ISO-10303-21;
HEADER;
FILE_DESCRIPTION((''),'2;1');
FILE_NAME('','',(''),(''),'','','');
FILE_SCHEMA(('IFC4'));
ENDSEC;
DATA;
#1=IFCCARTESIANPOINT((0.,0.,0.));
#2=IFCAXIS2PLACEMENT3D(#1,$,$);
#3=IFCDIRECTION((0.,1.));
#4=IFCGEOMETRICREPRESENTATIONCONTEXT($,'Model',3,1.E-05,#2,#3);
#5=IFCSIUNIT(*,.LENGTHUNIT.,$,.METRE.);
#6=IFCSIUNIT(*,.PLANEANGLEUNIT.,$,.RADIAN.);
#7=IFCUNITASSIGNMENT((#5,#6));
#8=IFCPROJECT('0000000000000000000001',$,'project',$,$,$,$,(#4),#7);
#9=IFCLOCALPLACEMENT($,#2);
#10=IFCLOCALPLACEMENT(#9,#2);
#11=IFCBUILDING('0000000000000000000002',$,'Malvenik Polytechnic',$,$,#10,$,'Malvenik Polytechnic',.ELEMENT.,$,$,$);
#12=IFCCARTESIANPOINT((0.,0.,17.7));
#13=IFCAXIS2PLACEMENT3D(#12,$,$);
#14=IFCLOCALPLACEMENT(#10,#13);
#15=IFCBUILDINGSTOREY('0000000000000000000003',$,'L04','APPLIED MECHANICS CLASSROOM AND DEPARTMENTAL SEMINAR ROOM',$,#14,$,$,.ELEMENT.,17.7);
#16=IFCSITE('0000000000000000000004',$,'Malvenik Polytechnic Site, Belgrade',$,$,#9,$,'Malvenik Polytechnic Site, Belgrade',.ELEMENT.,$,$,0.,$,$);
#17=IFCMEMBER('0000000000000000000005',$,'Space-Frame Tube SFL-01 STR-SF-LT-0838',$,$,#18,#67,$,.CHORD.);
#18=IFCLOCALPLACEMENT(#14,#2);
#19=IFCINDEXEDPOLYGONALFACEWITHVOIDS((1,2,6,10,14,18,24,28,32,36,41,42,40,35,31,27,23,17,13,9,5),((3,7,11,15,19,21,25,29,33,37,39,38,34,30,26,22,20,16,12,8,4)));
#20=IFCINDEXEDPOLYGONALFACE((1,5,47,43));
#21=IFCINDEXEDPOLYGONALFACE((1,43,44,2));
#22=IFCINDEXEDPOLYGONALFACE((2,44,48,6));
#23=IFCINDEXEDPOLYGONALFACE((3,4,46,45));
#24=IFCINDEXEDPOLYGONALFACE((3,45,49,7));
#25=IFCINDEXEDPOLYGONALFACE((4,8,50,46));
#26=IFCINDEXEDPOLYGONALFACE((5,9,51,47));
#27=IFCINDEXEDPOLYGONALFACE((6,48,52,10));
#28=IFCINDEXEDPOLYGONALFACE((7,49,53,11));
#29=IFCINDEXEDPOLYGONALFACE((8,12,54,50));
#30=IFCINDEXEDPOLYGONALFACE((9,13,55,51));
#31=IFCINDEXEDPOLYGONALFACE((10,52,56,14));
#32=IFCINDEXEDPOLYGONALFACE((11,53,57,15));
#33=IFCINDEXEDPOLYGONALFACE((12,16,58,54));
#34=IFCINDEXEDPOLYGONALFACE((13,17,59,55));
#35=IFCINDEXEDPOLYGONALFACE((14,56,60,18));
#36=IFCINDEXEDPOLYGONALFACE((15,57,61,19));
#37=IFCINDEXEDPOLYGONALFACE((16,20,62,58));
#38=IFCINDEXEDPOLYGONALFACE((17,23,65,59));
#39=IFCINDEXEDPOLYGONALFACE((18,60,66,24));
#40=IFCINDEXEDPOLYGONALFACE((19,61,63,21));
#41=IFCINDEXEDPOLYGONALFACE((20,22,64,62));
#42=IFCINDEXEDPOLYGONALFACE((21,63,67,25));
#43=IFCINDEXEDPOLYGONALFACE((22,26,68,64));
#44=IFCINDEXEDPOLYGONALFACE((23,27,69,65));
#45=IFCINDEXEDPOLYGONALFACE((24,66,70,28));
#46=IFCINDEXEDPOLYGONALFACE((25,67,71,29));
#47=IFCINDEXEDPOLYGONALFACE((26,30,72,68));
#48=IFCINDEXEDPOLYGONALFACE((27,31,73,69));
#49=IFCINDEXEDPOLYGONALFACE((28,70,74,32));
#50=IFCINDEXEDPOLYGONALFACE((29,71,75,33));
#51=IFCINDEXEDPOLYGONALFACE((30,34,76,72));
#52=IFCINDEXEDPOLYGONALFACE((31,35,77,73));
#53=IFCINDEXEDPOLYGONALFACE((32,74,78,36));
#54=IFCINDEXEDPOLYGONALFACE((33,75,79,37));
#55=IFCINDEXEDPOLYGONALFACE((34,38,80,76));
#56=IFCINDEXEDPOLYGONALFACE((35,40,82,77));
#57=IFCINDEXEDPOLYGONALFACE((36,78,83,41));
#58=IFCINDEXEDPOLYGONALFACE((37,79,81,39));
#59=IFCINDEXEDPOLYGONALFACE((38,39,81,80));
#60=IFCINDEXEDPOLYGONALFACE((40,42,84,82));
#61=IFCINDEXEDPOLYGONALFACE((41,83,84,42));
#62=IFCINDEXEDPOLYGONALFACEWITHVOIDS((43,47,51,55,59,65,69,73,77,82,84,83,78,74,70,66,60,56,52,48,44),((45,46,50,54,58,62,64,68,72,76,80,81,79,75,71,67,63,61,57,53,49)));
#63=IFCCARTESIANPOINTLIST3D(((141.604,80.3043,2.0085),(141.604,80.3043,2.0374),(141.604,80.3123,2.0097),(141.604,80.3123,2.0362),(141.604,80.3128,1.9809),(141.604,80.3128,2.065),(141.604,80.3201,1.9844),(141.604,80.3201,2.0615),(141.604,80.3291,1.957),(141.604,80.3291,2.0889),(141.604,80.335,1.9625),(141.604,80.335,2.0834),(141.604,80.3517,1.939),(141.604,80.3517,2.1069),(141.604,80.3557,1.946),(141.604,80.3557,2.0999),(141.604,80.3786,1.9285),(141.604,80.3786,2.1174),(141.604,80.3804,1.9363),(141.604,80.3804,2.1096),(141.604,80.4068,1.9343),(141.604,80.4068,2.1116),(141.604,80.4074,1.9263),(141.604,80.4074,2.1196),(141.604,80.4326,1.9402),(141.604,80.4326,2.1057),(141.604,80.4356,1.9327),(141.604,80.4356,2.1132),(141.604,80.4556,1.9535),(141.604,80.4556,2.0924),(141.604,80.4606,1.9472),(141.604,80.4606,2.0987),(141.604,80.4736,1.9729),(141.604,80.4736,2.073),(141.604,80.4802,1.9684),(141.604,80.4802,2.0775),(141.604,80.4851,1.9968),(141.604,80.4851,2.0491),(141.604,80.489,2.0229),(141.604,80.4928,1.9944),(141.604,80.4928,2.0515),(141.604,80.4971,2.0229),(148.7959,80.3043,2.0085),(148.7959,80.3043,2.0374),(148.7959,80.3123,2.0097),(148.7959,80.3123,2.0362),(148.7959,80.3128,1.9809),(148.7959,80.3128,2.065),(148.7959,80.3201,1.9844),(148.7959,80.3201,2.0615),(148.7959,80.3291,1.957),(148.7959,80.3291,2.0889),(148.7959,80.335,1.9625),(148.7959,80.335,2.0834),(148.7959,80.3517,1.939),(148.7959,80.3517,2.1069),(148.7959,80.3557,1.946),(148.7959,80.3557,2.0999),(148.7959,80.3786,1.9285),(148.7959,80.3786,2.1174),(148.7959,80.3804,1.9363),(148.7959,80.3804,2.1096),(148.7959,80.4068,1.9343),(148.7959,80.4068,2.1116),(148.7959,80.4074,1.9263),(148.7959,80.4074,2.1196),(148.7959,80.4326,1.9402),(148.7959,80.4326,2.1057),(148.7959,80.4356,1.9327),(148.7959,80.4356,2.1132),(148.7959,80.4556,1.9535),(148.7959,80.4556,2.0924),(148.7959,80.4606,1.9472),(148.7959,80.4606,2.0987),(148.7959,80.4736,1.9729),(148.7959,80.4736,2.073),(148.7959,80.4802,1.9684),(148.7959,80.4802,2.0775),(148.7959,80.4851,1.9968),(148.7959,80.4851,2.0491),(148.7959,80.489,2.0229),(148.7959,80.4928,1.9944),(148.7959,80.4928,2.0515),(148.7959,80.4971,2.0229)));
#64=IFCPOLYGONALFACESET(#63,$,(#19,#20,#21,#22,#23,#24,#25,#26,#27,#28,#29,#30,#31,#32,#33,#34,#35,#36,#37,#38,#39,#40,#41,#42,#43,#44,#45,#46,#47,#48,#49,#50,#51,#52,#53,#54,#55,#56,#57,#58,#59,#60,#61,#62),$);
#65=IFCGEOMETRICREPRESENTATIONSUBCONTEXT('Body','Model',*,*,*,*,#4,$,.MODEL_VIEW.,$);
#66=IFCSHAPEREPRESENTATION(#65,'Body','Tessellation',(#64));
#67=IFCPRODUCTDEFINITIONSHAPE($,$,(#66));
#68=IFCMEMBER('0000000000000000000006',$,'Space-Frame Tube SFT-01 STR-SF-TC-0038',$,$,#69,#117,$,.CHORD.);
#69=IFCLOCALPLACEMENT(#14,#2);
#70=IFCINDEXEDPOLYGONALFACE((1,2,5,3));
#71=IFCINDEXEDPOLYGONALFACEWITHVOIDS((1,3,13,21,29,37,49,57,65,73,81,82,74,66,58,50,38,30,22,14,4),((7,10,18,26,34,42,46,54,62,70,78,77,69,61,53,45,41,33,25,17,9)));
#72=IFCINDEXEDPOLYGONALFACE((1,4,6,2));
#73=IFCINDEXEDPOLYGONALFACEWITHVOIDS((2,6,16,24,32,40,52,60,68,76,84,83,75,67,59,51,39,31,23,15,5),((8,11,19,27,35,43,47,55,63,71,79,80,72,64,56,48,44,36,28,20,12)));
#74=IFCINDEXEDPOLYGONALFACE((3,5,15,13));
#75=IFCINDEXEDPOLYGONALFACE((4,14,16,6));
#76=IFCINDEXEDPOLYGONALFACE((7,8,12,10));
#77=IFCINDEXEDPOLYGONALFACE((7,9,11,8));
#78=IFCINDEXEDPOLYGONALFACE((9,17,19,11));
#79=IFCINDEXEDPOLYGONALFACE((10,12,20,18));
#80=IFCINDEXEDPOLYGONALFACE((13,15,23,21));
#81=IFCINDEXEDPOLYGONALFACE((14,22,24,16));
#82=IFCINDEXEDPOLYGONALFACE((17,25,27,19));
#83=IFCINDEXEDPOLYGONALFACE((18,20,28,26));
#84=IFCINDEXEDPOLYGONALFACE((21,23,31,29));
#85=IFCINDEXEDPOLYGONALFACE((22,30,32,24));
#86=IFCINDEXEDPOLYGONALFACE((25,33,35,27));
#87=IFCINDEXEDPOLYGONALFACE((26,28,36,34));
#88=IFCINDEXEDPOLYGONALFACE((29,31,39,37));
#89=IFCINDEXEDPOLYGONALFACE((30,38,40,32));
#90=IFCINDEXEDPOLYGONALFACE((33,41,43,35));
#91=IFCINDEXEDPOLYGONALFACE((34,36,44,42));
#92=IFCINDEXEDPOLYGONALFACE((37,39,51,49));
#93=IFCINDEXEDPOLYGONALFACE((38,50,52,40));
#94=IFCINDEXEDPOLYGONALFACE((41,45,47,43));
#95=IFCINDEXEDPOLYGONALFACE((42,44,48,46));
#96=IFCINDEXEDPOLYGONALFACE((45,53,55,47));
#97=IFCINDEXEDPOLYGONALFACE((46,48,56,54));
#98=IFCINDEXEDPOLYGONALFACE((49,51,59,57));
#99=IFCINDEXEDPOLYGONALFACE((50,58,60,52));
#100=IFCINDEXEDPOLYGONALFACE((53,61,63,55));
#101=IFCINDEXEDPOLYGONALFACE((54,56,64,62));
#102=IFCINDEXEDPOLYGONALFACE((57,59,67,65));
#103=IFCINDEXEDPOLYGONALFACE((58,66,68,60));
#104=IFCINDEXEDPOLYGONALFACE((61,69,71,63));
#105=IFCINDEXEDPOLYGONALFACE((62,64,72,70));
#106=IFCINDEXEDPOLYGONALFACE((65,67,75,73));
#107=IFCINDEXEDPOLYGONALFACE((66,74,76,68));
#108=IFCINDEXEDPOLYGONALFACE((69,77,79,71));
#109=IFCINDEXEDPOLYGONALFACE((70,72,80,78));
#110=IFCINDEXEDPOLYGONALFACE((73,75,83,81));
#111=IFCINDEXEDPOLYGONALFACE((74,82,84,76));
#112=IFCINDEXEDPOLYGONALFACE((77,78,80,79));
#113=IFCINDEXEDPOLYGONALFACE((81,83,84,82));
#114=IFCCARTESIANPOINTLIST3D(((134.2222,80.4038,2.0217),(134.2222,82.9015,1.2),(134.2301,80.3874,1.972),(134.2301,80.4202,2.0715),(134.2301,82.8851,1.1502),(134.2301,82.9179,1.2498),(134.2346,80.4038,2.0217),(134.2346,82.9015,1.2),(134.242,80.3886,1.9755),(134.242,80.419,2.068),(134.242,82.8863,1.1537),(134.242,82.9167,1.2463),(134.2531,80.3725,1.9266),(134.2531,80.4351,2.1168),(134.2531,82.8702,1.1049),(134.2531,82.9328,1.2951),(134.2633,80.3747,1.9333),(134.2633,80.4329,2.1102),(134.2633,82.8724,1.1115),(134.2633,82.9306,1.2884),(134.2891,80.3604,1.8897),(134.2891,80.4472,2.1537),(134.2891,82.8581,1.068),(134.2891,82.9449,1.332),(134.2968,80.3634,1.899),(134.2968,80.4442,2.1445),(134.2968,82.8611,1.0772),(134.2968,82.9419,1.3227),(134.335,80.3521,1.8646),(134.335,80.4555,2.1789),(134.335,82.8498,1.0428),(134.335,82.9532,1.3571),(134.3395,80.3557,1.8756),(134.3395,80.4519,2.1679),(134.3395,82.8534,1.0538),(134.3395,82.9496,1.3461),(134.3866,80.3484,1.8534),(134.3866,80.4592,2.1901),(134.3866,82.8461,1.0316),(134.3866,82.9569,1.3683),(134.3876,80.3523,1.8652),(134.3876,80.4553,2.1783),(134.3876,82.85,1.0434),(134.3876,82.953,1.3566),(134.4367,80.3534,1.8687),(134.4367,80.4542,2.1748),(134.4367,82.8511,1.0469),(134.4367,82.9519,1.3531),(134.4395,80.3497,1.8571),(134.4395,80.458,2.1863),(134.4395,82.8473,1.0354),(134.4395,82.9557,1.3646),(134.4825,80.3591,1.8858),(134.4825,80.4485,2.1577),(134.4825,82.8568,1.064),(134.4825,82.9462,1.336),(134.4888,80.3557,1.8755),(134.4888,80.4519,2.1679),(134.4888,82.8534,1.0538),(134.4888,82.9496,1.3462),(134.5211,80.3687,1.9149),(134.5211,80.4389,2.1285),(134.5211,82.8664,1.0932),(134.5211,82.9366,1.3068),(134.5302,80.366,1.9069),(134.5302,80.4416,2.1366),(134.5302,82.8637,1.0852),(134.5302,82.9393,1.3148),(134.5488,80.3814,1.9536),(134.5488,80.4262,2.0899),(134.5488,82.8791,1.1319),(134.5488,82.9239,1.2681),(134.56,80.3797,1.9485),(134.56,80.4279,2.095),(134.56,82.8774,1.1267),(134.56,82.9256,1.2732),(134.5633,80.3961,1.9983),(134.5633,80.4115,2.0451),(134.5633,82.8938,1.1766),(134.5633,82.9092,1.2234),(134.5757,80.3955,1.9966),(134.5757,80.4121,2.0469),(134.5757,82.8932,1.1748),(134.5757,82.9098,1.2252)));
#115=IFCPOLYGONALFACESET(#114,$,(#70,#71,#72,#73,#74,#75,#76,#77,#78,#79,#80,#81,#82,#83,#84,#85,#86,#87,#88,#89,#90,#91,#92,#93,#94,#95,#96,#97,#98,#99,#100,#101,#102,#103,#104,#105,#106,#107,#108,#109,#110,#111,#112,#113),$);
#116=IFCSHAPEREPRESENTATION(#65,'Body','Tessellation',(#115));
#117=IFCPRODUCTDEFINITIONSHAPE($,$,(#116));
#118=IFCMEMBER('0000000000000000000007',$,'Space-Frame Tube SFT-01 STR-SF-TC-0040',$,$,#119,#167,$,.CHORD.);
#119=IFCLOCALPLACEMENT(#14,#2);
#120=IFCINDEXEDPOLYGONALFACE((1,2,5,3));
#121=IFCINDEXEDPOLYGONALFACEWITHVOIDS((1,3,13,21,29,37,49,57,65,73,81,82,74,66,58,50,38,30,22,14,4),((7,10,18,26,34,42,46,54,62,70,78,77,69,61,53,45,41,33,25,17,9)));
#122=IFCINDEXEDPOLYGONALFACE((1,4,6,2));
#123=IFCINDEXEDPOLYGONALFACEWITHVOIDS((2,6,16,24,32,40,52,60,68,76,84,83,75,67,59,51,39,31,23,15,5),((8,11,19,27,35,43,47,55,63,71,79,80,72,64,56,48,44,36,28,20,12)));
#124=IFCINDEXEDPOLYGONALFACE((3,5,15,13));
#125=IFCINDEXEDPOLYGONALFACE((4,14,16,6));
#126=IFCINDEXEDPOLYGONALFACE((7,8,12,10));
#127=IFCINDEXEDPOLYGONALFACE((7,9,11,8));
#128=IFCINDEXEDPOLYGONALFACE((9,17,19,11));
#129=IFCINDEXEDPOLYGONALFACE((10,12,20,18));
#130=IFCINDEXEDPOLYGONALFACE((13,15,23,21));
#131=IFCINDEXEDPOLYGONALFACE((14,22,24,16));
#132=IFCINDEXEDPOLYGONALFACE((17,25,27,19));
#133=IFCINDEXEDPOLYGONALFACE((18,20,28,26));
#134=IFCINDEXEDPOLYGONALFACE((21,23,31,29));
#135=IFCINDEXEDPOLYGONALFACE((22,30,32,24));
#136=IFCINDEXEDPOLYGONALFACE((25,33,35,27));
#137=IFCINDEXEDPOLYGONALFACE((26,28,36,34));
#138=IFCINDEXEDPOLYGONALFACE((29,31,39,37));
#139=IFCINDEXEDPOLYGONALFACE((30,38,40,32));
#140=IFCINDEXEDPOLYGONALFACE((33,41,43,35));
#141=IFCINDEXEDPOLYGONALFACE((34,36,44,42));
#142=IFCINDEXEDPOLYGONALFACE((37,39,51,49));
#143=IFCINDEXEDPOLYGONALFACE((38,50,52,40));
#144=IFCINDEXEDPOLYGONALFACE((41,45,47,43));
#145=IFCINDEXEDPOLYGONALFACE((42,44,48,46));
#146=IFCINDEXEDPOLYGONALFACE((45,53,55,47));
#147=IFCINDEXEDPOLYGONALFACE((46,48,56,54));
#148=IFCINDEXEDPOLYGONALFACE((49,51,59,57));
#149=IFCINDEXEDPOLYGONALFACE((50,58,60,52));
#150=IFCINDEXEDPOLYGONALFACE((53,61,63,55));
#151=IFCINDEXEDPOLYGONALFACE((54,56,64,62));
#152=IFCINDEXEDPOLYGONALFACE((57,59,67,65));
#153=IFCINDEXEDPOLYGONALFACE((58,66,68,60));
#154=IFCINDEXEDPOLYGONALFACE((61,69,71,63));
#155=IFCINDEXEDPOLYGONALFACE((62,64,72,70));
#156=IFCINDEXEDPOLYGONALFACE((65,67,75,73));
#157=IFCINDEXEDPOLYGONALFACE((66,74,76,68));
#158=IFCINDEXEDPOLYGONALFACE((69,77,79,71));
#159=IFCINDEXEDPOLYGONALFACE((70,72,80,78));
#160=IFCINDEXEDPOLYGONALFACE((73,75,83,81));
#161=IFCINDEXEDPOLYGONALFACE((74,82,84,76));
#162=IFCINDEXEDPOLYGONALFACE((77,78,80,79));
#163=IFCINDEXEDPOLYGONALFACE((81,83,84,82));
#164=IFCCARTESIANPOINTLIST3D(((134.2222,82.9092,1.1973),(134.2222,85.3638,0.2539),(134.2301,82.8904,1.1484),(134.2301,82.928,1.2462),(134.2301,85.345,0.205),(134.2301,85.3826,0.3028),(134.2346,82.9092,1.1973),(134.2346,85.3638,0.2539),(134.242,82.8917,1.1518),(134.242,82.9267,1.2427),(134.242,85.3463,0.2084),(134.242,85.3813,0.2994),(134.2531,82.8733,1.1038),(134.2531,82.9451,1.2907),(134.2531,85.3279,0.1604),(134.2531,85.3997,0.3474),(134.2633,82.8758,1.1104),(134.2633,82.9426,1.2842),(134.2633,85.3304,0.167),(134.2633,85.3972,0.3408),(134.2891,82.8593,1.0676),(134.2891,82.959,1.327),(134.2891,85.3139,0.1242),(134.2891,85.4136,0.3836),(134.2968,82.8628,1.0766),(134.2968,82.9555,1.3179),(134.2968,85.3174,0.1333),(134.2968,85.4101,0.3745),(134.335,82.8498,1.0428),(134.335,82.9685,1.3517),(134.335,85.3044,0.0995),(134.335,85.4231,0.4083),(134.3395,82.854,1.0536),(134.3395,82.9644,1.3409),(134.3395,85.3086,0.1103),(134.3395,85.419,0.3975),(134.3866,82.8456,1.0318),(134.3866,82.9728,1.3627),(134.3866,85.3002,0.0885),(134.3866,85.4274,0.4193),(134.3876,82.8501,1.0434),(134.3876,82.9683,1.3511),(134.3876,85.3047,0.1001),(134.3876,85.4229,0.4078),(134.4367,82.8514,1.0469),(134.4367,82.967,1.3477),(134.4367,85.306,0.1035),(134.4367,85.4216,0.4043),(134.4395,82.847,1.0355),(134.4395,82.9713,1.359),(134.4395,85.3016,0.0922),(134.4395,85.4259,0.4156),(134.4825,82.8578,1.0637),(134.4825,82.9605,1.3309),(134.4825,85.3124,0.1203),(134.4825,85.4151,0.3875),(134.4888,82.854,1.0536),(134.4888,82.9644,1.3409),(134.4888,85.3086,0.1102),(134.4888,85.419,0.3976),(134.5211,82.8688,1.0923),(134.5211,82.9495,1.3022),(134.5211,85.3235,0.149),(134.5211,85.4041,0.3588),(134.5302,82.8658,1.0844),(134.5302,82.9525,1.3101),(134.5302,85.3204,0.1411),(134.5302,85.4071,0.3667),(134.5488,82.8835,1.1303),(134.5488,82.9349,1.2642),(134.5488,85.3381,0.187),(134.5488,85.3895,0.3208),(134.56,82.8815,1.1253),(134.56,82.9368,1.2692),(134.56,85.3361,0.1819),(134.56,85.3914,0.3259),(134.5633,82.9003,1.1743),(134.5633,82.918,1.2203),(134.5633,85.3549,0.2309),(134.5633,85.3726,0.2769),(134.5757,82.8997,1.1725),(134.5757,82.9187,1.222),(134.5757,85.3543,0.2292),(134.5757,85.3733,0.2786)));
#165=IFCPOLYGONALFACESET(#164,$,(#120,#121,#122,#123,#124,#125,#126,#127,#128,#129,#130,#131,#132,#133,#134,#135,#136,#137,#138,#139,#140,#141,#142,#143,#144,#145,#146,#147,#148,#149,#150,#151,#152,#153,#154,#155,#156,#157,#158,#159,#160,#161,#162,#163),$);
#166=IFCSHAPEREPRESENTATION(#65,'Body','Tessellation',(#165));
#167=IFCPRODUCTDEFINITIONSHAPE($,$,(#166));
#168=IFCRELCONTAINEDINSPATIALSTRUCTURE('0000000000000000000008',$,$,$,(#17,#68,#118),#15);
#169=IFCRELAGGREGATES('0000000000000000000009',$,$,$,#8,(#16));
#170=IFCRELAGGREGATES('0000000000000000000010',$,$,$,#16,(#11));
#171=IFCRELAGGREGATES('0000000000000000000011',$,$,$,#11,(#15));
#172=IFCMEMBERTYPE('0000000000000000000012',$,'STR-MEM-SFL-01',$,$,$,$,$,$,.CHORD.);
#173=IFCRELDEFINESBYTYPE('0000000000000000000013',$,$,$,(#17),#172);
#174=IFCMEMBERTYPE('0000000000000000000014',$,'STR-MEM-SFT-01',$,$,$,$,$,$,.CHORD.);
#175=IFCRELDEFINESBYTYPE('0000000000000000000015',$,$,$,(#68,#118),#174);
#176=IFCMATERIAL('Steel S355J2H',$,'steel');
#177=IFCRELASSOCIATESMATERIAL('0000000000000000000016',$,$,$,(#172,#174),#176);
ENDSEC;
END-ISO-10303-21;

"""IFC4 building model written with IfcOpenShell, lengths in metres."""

from ifc_helpers import new_model, si_unit, direction, frame, origin, origin_2d, place, context, subcontext, project, spatial, hollow_circle, extrude, material, material_profile, profile_set, type_object, element, save


model = new_model("IFC4")

# Units and contexts
model_context = context("Model", 3, precision=1e-05, world=origin(), true_north=direction((0.0, 1.0)))
body_context = subcontext(model_context, "Body", "Model", "MODEL_VIEW")
ifc_project = project(units=[si_unit("LENGTHUNIT", "METRE"), si_unit("PLANEANGLEUNIT", "RADIAN")], contexts=[model_context])

# Site, building, storey
site_placement = place(None, origin())
site = spatial("IfcSite", under=ifc_project, at=site_placement, Name="Malvenik Polytechnic Site, Belgrade", LongName="Malvenik Polytechnic Site, Belgrade", CompositionType="ELEMENT", RefElevation=0.0)
building_placement = place(site_placement, origin())
building = spatial("IfcBuilding", under=site, at=building_placement, Name="Malvenik Polytechnic", LongName="Malvenik Polytechnic", CompositionType="ELEMENT")
storey_placement = place(building_placement, frame((0.0, 0.0, 17.7)))
storey = spatial("IfcBuildingStorey", under=building, at=storey_placement, Name="L04", Description="APPLIED MECHANICS CLASSROOM AND DEPARTMENTAL SEMINAR ROOM", CompositionType="ELEMENT", Elevation=17.7)

# Members
ifc_material = material(Name="Steel S355J2H", Category="steel")
ifc_material_profile_1 = material_profile(ifc_material, hollow_circle(Radius=0.0969, WallThickness=0.0081, at=origin_2d()), Name="CHS 193.7x8.0")
ifc_profile_set_1 = profile_set([ifc_material_profile_1], Name="Steel S355J2H")
member_type_1 = type_object("IfcMemberType", Name="STR-MEM-SFL-01", PredefinedType="CHORD", material=ifc_profile_set_1)
for number, where, z_axis, x_axis, name in (
    (1, (141.604, 80.4001, 2.0229), (1.0, 0.0, 0.0), (0.0, 1.0, 0.0), "Space-Frame Tube SFL-01 STR-SF-LT-0838"),
):
    element("IfcMember", number, at=place(storey_placement, frame(where, z_axis=z_axis, x_axis=x_axis)), inside=storey, type_object=member_type_1, Name=name, PredefinedType="CHORD", context=body_context, shape_type="SweptSolid", body=[
        extrude(hollow_circle(Radius=0.0969, WallThickness=0.0081, at=origin_2d()), origin(), (0.0, 0.0, 1.0), 7.1919),
    ])
ifc_material_profile_2 = material_profile(ifc_material, hollow_circle(Radius=0.1777, WallThickness=0.0125, at=origin_2d()), Name="CHS 355.6x12.5")
ifc_profile_set_2 = profile_set([ifc_material_profile_2], Name="Steel S355J2H")
member_type_2 = type_object("IfcMemberType", Name="STR-MEM-SFT-01", PredefinedType="CHORD", material=ifc_profile_set_2)
member_1_placement = place(storey_placement, frame((134.3999, 80.4038, 2.0217), z_axis=(0.0, 0.949911, -0.312521), x_axis=(-1.0, 0.0, 0.0)))
element("IfcMember", 2, at=member_1_placement, inside=storey, type_object=member_type_2, Name="Space-Frame Tube SFT-01 STR-SF-TC-0038", PredefinedType="CHORD", context=body_context, shape_type="SweptSolid", body=[
    extrude(hollow_circle(Radius=0.1777, WallThickness=0.0125, at=origin_2d()), origin(), (0.0, 0.0, 1.0), 2.6294),
])
member_2_placement = place(storey_placement, frame((134.3999, 82.9092, 1.1973), z_axis=(0.0, 0.933437, -0.358743), x_axis=(-1.0, 0.0, 0.0)))
element("IfcMember", 3, at=member_2_placement, inside=storey, type_object=member_type_2, Name="Space-Frame Tube SFT-01 STR-SF-TC-0040", PredefinedType="CHORD", context=body_context, shape_type="SweptSolid", body=[
    extrude(hollow_circle(Radius=0.1777, WallThickness=0.0125, at=origin_2d()), origin(), (0.0, 0.0, 1.0), 2.6296),
])

save(model, "model.ifc")
